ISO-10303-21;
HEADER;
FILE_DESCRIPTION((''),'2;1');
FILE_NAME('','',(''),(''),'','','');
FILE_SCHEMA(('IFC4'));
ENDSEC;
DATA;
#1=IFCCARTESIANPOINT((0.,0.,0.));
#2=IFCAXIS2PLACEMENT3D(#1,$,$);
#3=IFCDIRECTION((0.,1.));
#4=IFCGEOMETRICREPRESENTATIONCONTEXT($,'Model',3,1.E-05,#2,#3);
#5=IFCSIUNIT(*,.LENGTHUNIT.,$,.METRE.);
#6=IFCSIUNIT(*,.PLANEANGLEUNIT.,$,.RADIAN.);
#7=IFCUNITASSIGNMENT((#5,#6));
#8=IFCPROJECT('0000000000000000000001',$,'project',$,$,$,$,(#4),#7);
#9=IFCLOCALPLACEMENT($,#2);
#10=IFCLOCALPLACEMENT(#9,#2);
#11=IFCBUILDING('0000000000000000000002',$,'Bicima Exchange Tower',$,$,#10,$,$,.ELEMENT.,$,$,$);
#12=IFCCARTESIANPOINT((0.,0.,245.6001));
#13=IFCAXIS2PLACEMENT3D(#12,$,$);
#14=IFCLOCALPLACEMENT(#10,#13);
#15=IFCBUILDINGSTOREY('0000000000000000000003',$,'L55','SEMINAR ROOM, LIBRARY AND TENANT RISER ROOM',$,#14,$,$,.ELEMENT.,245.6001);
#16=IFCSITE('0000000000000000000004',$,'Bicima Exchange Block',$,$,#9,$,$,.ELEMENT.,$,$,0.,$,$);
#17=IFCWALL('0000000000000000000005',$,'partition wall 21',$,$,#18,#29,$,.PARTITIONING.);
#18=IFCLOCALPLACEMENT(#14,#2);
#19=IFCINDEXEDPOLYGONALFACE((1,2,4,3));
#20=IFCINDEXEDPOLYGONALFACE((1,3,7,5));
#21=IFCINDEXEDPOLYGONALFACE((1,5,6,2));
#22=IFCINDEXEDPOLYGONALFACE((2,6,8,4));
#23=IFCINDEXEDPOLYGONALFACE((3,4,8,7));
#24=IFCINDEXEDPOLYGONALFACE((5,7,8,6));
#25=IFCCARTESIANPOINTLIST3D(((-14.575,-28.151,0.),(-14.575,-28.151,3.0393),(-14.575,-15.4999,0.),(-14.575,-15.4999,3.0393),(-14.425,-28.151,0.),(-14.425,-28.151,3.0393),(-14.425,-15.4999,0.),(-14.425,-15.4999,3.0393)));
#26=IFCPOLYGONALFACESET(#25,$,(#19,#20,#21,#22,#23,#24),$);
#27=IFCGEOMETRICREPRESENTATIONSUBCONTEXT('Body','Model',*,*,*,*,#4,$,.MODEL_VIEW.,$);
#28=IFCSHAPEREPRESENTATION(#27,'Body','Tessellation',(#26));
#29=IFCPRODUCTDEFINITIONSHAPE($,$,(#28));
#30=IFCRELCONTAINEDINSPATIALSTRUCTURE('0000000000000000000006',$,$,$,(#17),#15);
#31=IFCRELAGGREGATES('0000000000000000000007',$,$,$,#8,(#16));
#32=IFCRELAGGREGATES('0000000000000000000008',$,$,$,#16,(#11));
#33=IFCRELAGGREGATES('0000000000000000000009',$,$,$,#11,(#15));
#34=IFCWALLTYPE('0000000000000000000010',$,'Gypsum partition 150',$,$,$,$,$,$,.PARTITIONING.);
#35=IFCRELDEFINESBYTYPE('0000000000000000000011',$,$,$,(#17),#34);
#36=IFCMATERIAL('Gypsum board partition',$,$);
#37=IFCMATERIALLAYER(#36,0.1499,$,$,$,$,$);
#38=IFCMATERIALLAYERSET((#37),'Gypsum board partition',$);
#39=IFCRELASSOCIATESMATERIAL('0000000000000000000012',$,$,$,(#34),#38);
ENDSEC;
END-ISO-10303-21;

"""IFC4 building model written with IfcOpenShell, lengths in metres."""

from ifc_helpers import new_model, si_unit, direction, frame, frame_2d, origin, place, context, subcontext, project, spatial, rectangle, extrude, material, layer, layer_set, type_object, element, save


model = new_model("IFC4")

# Units and contexts
model_context = context("Model", 3, precision=1e-05, world=origin(), true_north=direction((0.0, 1.0)))
body_context = subcontext(model_context, "Body", "Model", "MODEL_VIEW")
ifc_project = project(units=[si_unit("LENGTHUNIT", "METRE"), si_unit("PLANEANGLEUNIT", "RADIAN")], contexts=[model_context])

# Site, building, storey
site_placement = place(None, origin())
site = spatial("IfcSite", under=ifc_project, at=site_placement, Name="Bicima Exchange Block", CompositionType="ELEMENT", RefElevation=0.0)
building_placement = place(site_placement, origin())
building = spatial("IfcBuilding", under=site, at=building_placement, Name="Bicima Exchange Tower", CompositionType="ELEMENT")
storey_placement = place(building_placement, frame((0.0, 0.0, 245.6001)))
storey = spatial("IfcBuildingStorey", under=building, at=storey_placement, Name="L55", Description="SEMINAR ROOM, LIBRARY AND TENANT RISER ROOM", CompositionType="ELEMENT", Elevation=245.6001)

# Shared definitions
ifc_material_1 = material(Name="Gypsum board partition")
ifc_layer_1 = layer(ifc_material_1, 0.1499)
ifc_layer_set_1 = layer_set([ifc_layer_1], Name="Gypsum board partition")
wall_type_1 = type_object("IfcWallType", Name="Gypsum partition 150", PredefinedType="PARTITIONING", material=ifc_layer_set_1)

# Wall
wall_1_placement = place(storey_placement, frame((-14.5, -28.1511, 0.0), z_axis=(0.0, 0.0, 1.0), x_axis=(0.0, 1.0, 0.0)))
element("IfcWall", 1, at=wall_1_placement, inside=storey, type_object=wall_type_1, Name="partition wall 21", PredefinedType="PARTITIONING", context=body_context, shape_type="SweptSolid", body=[
    extrude(rectangle(XDim=12.6511, YDim=0.1499, at=frame_2d((6.3257, 0.0))), origin(), (0.0, 0.0, 1.0), 3.0393),
])

save(model, "model.ifc")
